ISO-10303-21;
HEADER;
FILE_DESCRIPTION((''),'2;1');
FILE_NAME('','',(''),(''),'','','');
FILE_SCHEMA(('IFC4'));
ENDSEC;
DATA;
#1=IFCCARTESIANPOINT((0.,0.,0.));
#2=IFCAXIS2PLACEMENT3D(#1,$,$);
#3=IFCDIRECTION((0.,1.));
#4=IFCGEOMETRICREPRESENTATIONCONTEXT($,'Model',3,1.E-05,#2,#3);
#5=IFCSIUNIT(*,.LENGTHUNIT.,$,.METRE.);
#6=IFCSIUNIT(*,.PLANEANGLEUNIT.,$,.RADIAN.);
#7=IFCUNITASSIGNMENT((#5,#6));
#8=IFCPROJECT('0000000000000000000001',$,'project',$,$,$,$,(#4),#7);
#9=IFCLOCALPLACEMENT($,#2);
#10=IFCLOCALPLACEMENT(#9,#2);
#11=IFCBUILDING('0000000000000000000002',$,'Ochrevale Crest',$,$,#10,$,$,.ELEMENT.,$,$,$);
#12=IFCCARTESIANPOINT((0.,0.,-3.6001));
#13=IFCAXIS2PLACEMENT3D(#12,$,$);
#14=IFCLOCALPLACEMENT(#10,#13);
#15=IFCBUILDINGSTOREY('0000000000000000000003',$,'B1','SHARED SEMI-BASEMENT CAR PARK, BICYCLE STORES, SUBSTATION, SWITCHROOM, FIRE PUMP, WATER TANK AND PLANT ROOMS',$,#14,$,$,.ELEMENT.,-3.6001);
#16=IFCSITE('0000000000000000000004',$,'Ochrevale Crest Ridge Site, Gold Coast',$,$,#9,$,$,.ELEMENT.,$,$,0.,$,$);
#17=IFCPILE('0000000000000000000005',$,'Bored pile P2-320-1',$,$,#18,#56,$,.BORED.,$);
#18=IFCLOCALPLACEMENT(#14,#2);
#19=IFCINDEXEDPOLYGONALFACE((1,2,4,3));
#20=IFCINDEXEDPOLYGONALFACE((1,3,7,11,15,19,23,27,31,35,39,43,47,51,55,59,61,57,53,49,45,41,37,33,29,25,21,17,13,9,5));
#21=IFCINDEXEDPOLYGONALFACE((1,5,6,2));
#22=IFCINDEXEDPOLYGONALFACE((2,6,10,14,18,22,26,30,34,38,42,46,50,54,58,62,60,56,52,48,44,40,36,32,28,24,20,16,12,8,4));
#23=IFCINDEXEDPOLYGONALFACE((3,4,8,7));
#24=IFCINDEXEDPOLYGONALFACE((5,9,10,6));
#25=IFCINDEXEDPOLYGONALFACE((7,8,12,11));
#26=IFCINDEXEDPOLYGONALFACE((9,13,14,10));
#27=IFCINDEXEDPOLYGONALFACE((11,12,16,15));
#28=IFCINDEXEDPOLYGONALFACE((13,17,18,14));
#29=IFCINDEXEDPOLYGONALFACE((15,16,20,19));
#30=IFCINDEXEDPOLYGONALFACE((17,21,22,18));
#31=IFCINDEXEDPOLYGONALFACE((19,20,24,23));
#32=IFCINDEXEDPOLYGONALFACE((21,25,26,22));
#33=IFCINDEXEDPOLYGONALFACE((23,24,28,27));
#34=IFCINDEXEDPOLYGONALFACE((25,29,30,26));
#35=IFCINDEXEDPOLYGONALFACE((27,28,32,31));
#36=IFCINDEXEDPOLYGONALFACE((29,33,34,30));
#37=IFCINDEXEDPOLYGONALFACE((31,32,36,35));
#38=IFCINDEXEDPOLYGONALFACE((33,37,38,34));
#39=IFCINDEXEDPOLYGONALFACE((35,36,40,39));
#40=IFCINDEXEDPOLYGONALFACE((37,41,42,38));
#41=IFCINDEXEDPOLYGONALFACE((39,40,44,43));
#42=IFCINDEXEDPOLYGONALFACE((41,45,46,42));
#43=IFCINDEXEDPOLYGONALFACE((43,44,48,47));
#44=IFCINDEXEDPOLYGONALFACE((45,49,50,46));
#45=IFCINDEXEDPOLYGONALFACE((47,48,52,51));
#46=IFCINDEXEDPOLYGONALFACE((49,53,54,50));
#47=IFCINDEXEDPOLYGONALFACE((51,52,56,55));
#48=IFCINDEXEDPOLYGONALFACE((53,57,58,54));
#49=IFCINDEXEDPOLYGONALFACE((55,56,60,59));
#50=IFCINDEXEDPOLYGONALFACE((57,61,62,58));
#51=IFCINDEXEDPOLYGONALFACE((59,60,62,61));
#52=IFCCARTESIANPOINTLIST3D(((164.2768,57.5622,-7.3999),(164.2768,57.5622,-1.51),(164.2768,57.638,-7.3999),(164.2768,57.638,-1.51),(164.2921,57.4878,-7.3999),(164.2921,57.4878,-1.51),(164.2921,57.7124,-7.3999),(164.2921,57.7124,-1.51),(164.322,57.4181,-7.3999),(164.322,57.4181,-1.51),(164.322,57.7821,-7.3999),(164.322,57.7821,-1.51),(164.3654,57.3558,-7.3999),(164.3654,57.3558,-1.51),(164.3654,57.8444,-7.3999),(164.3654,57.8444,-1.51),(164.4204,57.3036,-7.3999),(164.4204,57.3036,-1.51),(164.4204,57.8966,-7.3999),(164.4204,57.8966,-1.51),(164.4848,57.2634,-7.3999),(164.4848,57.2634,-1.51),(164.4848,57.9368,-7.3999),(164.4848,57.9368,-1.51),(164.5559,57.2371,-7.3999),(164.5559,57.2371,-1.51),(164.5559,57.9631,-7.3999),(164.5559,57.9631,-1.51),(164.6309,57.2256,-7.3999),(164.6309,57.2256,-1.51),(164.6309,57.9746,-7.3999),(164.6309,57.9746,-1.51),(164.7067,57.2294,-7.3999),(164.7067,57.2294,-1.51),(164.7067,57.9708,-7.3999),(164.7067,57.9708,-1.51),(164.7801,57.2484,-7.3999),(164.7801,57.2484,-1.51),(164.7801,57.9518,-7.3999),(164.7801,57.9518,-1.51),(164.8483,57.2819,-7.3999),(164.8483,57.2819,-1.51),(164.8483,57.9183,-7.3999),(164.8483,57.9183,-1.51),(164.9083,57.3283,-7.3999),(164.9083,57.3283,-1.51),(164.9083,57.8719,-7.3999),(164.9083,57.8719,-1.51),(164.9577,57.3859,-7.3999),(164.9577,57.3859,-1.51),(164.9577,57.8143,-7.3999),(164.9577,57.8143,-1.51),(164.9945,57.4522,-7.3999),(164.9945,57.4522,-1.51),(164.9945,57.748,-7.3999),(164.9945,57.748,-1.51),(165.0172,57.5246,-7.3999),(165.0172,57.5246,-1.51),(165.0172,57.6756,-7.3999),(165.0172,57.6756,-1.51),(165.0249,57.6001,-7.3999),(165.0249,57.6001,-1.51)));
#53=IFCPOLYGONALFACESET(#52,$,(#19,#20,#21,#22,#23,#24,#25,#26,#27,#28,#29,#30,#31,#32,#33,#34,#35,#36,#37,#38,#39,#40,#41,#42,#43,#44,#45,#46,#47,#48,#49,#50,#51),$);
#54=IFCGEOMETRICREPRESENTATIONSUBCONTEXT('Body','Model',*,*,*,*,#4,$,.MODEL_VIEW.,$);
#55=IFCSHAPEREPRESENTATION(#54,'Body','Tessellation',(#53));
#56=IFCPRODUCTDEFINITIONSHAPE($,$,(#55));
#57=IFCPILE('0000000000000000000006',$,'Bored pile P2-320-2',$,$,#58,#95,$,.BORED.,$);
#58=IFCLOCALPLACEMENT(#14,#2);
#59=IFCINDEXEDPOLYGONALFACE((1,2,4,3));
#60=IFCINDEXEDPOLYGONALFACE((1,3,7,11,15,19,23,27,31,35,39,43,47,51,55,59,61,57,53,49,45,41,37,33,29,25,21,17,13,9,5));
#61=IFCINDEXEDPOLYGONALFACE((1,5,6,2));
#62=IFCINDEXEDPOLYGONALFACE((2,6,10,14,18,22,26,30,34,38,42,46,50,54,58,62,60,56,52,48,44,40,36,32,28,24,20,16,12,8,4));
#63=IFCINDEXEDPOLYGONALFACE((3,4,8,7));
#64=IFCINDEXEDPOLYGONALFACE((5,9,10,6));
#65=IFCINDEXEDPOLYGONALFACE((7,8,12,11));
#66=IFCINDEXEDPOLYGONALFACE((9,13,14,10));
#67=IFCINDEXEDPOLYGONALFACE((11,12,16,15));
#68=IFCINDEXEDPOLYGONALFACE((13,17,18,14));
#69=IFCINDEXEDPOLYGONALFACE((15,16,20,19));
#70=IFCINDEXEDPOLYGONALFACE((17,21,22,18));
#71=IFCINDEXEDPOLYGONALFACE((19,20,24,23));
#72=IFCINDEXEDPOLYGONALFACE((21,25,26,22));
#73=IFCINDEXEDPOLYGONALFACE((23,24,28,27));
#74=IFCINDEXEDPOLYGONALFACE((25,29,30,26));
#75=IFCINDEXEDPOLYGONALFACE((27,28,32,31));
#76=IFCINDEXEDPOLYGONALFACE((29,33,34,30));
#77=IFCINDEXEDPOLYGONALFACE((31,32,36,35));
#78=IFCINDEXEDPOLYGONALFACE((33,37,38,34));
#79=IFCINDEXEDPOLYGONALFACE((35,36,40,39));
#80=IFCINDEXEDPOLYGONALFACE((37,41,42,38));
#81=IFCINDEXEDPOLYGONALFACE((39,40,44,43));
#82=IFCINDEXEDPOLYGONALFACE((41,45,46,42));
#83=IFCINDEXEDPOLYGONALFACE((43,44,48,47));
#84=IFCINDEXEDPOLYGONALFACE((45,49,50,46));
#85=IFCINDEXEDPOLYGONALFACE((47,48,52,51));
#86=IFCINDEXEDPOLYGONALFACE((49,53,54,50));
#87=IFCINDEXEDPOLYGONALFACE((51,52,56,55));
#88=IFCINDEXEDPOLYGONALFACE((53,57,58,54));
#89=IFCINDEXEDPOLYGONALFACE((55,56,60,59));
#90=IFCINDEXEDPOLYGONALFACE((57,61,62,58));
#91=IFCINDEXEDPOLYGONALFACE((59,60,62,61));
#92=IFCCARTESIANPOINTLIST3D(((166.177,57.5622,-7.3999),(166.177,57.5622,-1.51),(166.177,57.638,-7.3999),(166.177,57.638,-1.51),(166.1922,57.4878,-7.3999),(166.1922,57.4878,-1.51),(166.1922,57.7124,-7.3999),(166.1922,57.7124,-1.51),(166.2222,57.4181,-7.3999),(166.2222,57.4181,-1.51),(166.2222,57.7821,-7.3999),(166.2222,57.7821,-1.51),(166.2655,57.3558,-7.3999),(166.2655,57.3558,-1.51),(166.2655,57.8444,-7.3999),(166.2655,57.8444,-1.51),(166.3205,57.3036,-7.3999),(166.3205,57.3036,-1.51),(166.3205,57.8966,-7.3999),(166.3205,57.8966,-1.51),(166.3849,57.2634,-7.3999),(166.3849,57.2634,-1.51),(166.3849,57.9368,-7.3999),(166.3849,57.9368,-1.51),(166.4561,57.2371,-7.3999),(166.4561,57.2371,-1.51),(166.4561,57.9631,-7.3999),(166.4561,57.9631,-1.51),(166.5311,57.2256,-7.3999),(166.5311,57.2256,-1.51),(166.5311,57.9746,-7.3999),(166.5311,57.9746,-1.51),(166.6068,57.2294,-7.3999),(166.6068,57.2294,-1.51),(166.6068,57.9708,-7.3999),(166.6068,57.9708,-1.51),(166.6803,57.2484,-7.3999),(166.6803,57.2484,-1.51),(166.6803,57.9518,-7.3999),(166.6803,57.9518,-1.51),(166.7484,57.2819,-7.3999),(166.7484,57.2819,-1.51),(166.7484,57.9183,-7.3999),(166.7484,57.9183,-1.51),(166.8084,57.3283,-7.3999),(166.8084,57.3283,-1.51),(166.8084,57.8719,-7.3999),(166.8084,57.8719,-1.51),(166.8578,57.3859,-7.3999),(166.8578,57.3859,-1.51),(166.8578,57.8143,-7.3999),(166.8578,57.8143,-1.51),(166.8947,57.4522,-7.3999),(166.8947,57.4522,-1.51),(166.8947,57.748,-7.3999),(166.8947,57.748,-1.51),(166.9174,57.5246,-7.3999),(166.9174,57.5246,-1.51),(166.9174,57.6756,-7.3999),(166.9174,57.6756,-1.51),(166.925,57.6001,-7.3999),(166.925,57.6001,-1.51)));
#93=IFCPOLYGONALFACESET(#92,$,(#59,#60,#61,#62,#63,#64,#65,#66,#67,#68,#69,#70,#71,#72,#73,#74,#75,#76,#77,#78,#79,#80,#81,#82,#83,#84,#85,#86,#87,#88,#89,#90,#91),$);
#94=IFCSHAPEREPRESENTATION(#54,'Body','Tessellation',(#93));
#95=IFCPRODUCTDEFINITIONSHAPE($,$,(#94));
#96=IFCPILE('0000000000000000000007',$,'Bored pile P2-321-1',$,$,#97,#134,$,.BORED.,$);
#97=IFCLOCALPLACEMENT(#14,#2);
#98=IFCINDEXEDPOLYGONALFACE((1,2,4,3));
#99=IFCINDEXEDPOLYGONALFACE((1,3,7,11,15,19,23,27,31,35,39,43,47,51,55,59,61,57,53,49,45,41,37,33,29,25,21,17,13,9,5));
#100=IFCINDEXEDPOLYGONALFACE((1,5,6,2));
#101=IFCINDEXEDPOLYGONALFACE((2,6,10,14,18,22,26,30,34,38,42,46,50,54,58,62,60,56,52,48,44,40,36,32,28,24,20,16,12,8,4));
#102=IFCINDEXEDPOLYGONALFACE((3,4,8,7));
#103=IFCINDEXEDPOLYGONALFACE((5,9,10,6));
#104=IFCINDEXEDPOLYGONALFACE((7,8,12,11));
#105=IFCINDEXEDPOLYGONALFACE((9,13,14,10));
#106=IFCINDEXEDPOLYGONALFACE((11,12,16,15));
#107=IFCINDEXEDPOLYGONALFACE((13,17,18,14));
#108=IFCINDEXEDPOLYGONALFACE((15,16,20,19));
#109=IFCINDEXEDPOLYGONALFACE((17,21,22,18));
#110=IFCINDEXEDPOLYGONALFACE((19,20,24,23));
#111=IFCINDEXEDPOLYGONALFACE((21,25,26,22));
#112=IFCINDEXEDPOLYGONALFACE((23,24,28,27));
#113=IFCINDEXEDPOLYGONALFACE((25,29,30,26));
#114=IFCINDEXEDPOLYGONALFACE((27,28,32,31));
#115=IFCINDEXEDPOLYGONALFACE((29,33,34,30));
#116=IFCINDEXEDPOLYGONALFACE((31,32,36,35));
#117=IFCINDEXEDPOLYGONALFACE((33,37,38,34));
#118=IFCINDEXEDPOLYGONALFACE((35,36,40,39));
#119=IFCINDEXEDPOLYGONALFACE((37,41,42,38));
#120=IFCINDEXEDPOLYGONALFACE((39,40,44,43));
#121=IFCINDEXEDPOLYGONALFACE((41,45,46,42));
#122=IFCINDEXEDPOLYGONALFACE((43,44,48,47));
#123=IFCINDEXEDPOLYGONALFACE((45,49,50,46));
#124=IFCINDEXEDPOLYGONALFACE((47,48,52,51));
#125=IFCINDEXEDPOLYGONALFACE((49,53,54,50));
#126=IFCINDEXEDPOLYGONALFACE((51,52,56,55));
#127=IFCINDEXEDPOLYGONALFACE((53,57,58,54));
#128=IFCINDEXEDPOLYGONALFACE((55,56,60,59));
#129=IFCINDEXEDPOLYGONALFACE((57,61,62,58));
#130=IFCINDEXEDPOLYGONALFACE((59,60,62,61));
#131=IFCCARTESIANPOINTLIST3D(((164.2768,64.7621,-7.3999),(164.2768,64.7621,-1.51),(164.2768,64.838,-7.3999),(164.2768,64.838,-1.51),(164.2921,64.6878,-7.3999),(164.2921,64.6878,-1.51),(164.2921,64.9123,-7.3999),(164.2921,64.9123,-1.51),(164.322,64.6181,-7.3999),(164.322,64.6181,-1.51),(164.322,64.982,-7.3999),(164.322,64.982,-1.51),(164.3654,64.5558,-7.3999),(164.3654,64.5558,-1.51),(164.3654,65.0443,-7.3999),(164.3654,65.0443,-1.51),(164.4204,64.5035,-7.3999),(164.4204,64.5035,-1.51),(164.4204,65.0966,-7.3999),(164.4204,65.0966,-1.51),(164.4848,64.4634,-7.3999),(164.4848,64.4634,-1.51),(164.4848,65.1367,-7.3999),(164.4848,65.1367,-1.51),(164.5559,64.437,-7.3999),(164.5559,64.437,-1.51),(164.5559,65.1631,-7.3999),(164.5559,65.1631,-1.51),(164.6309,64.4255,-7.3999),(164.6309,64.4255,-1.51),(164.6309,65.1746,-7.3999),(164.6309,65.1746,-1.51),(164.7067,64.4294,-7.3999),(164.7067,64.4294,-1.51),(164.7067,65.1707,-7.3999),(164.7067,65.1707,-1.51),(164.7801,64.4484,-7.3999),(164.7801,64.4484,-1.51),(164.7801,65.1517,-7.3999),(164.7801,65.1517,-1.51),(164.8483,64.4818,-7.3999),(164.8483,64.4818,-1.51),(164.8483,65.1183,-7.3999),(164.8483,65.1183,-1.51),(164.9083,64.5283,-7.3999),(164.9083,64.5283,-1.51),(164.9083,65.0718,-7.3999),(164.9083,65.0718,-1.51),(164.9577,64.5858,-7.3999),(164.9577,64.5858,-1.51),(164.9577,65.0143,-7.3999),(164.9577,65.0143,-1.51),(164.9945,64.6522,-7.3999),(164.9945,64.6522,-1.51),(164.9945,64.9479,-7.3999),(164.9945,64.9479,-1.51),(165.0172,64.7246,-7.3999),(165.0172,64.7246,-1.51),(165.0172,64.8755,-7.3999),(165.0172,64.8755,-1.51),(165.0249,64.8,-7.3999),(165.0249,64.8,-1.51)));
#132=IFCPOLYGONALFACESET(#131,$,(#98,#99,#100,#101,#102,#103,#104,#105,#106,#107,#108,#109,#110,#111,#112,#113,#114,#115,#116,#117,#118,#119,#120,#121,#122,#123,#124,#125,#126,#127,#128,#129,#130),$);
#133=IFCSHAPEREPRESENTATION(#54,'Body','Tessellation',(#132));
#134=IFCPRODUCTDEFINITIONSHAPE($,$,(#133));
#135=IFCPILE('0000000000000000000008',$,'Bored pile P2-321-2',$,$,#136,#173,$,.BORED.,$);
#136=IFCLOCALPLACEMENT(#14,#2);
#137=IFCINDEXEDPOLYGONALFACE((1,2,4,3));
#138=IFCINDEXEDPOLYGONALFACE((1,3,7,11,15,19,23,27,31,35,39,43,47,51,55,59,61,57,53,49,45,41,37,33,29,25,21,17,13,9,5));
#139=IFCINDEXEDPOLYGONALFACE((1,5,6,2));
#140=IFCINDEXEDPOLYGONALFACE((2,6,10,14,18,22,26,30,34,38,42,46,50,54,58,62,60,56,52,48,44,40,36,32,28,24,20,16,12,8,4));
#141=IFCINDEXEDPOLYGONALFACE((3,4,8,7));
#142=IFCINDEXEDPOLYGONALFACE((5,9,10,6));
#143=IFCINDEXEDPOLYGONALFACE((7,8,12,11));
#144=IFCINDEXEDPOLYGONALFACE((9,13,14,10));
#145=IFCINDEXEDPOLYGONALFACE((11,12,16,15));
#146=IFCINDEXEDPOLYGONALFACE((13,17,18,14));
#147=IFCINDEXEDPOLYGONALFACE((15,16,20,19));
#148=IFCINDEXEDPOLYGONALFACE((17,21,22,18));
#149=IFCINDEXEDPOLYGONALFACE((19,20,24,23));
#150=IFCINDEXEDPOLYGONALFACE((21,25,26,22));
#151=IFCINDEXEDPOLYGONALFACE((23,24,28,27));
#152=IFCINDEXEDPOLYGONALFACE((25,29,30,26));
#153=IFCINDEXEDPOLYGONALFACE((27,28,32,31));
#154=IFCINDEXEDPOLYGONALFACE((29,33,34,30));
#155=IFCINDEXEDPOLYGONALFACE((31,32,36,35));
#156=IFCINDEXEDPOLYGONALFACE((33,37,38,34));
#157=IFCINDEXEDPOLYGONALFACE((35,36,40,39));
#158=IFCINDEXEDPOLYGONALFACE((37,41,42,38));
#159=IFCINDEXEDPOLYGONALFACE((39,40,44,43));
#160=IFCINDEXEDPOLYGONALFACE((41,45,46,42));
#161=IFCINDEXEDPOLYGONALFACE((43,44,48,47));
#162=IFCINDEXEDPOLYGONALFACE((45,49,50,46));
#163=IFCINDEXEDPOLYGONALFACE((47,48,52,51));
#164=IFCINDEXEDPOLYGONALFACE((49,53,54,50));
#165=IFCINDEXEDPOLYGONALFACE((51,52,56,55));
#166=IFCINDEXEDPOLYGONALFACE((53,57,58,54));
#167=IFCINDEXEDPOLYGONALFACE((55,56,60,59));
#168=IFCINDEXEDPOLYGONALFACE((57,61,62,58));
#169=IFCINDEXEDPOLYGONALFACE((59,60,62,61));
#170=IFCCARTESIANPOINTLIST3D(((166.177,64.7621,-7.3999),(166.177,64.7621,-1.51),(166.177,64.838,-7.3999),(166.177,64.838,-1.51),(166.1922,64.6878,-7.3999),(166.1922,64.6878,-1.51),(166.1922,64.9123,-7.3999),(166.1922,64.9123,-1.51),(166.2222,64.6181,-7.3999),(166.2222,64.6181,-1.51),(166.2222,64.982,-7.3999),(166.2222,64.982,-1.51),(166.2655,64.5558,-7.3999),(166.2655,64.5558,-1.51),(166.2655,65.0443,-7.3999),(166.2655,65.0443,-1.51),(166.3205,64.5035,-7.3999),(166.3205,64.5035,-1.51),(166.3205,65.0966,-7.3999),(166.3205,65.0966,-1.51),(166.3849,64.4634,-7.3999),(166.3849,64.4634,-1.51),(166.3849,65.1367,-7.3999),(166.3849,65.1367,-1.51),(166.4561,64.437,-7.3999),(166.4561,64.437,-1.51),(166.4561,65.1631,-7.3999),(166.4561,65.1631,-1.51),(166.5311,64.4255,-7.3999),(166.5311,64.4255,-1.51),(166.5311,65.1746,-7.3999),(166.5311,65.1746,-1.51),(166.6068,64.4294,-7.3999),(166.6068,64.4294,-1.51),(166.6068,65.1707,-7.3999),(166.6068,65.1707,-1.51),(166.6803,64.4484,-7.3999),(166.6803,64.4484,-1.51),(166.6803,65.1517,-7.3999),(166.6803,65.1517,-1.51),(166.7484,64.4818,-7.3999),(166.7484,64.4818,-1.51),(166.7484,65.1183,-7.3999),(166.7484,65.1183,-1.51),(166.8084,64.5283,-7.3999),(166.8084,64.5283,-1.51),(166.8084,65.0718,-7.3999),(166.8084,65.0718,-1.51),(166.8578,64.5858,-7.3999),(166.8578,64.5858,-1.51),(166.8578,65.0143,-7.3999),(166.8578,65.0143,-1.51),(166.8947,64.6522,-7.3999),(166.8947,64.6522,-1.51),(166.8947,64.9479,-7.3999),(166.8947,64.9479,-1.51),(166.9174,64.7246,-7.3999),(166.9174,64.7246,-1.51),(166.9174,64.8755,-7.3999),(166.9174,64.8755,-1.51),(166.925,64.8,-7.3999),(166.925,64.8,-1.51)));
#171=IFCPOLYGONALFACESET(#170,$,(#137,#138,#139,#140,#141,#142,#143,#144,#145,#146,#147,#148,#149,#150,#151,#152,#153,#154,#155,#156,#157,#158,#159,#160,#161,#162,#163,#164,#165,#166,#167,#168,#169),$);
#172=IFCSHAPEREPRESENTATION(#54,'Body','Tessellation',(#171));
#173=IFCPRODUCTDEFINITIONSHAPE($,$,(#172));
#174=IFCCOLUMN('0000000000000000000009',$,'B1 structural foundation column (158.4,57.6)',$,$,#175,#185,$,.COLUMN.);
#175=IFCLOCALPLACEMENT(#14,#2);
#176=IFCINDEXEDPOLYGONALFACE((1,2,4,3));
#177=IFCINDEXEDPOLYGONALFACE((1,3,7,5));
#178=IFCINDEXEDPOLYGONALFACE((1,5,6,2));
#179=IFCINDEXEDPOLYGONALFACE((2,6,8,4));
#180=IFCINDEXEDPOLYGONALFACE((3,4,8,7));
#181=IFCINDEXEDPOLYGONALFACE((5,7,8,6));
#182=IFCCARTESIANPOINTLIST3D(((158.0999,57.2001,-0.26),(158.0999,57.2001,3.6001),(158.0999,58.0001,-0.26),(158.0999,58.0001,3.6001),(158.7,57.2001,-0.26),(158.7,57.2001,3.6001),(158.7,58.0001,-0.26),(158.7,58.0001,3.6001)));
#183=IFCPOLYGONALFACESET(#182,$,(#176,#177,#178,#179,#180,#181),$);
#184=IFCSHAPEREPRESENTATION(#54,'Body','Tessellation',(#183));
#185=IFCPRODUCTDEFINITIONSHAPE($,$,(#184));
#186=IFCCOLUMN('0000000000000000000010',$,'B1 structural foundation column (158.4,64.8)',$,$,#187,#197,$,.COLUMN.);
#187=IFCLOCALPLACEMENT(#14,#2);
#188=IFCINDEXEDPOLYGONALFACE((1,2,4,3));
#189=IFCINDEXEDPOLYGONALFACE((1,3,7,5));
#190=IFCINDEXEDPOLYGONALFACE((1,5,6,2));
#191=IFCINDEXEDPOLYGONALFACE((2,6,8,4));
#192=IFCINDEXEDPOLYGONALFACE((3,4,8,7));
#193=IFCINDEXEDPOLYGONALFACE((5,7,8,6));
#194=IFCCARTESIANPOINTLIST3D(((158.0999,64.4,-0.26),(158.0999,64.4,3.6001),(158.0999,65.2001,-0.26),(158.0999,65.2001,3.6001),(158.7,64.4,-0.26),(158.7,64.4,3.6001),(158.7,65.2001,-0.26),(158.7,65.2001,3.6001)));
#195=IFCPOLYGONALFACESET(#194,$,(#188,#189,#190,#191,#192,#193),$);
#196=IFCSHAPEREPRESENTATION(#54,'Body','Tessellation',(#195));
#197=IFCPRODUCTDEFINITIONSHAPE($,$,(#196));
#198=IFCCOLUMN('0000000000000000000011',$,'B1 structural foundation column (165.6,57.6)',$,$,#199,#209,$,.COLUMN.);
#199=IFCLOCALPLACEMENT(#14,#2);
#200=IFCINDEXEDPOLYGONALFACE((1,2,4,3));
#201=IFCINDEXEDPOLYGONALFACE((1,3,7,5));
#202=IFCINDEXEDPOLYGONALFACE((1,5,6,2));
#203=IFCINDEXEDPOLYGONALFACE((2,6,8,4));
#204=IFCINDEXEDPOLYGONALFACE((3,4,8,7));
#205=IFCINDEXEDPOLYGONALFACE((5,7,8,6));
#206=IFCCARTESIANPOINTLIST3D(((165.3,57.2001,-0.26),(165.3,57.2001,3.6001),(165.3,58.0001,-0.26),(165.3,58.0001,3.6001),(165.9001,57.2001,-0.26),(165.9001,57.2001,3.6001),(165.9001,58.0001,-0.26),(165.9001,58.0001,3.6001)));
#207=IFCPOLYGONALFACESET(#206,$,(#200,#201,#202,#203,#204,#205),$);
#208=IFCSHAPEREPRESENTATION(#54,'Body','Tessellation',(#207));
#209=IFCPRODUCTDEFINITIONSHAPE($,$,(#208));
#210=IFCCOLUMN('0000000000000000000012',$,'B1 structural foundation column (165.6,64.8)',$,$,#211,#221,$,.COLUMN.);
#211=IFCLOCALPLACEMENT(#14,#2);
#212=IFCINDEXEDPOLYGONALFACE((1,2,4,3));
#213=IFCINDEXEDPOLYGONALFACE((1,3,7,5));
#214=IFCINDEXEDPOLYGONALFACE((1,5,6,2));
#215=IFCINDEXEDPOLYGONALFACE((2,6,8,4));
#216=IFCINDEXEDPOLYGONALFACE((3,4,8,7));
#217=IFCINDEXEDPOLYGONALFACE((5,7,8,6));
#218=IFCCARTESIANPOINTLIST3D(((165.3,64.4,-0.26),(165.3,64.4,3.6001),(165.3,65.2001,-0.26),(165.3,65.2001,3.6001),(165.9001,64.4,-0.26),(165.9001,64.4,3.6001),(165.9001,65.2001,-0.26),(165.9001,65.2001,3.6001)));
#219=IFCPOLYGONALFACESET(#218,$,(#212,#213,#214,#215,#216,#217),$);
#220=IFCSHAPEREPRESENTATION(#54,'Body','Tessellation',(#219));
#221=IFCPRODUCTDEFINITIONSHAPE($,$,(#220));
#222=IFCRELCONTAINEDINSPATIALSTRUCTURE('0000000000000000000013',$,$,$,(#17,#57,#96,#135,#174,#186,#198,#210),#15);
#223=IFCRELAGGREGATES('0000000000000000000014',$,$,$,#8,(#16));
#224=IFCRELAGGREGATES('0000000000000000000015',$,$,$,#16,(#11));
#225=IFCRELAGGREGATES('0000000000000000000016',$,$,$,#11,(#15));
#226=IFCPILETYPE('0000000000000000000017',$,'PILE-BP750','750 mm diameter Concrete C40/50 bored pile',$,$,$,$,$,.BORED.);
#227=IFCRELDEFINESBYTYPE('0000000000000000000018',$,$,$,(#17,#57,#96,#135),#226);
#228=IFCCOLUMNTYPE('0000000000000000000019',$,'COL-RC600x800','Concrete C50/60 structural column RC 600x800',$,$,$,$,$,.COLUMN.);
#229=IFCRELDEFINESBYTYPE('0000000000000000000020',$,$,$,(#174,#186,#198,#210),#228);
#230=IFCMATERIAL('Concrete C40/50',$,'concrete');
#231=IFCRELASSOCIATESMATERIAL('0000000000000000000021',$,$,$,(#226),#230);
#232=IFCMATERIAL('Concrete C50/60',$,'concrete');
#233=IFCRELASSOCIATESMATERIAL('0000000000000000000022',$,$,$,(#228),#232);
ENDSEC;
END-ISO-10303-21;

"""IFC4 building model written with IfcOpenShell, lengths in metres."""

from ifc_helpers import new_model, si_unit, direction, frame, origin, origin_2d, place, context, subcontext, project, spatial, rectangle, circle, extrude, material, material_profile, profile_set, type_object, element, save


model = new_model("IFC4")

# Units and contexts
model_context = context("Model", 3, precision=1e-05, world=origin(), true_north=direction((0.0, 1.0)))
body_context = subcontext(model_context, "Body", "Model", "MODEL_VIEW")
ifc_project = project(units=[si_unit("LENGTHUNIT", "METRE"), si_unit("PLANEANGLEUNIT", "RADIAN")], contexts=[model_context])

# Site, building, storey
site_placement = place(None, origin())
site = spatial("IfcSite", under=ifc_project, at=site_placement, Name="Ochrevale Crest Ridge Site, Gold Coast", CompositionType="ELEMENT", RefElevation=0.0)
building_placement = place(site_placement, origin())
building = spatial("IfcBuilding", under=site, at=building_placement, Name="Ochrevale Crest", CompositionType="ELEMENT")
storey_placement = place(building_placement, frame((0.0, 0.0, -3.6001)))
storey = spatial("IfcBuildingStorey", under=building, at=storey_placement, Name="B1", Description="SHARED SEMI-BASEMENT CAR PARK, BICYCLE STORES, SUBSTATION, SWITCHROOM, FIRE PUMP, WATER TANK AND PLANT ROOMS", CompositionType="ELEMENT", Elevation=-3.6001)

# Shared definitions
ifc_material_1 = material(Name="Concrete C40/50", Category="concrete")

# Piles
ifc_material_profile_1 = material_profile(ifc_material_1, circle(Radius=0.375, at=origin_2d()), Name="BORED PILE 750")
ifc_profile_set_1 = profile_set([ifc_material_profile_1], Name="Concrete C40/50")
pile_type = type_object("IfcPileType", Name="PILE-BP750", Description="750 mm diameter Concrete C40/50 bored pile", PredefinedType="BORED", material=ifc_profile_set_1)
for number, where, z_axis, x_axis, name in (
    (1, (164.6499, 57.6001, -1.51), (0.0, 0.0, -1.0), (1.0, 0.0, 0.0), "Bored pile P2-320-1"),
    (2, (166.55, 57.6001, -1.51), (0.0, 0.0, -1.0), (1.0, 0.0, 0.0), "Bored pile P2-320-2"),
    (3, (164.6499, 64.8, -1.51), (0.0, 0.0, -1.0), (1.0, 0.0, 0.0), "Bored pile P2-321-1"),
    (4, (166.55, 64.8, -1.51), (0.0, 0.0, -1.0), (1.0, 0.0, 0.0), "Bored pile P2-321-2"),
):
    element("IfcPile", number, at=place(storey_placement, frame(where, z_axis=z_axis, x_axis=x_axis)), inside=storey, type_object=pile_type, Name=name, PredefinedType="BORED", context=body_context, shape_type="SweptSolid", body=[
        extrude(circle(Radius=0.375, at=origin_2d()), origin(), (0.0, 0.0, 1.0), 5.8899),
    ])

# Columns
ifc_material_2 = material(Name="Concrete C50/60", Category="concrete")
ifc_material_profile_2 = material_profile(ifc_material_2, rectangle(XDim=0.6001, YDim=0.8, at=origin_2d()), Name="RC 600x800")
ifc_profile_set_2 = profile_set([ifc_material_profile_2], Name="Concrete C50/60")
column_type = type_object("IfcColumnType", Name="COL-RC600x800", Description="Concrete C50/60 structural column RC 600x800", PredefinedType="COLUMN", material=ifc_profile_set_2)
for number, where, z_axis, x_axis, name in (
    (5, (158.3999, 57.6001, -0.26), (0.0, 0.0, 1.0), (1.0, 0.0, 0.0), "B1 structural foundation column (158.4,57.6)"),
    (6, (158.3999, 64.8, -0.26), (0.0, 0.0, 1.0), (1.0, 0.0, 0.0), "B1 structural foundation column (158.4,64.8)"),
    (7, (165.6001, 57.6001, -0.26), (0.0, 0.0, 1.0), (1.0, 0.0, 0.0), "B1 structural foundation column (165.6,57.6)"),
    (8, (165.6001, 64.8, -0.26), (0.0, 0.0, 1.0), (1.0, 0.0, 0.0), "B1 structural foundation column (165.6,64.8)"),
):
    element("IfcColumn", number, at=place(storey_placement, frame(where, z_axis=z_axis, x_axis=x_axis)), inside=storey, type_object=column_type, Name=name, PredefinedType="COLUMN", context=body_context, shape_type="SweptSolid", body=[
        extrude(rectangle(XDim=0.6001, YDim=0.8, at=origin_2d()), origin(), (0.0, 0.0, 1.0), 3.8601),
    ])

save(model, "model.ifc")
